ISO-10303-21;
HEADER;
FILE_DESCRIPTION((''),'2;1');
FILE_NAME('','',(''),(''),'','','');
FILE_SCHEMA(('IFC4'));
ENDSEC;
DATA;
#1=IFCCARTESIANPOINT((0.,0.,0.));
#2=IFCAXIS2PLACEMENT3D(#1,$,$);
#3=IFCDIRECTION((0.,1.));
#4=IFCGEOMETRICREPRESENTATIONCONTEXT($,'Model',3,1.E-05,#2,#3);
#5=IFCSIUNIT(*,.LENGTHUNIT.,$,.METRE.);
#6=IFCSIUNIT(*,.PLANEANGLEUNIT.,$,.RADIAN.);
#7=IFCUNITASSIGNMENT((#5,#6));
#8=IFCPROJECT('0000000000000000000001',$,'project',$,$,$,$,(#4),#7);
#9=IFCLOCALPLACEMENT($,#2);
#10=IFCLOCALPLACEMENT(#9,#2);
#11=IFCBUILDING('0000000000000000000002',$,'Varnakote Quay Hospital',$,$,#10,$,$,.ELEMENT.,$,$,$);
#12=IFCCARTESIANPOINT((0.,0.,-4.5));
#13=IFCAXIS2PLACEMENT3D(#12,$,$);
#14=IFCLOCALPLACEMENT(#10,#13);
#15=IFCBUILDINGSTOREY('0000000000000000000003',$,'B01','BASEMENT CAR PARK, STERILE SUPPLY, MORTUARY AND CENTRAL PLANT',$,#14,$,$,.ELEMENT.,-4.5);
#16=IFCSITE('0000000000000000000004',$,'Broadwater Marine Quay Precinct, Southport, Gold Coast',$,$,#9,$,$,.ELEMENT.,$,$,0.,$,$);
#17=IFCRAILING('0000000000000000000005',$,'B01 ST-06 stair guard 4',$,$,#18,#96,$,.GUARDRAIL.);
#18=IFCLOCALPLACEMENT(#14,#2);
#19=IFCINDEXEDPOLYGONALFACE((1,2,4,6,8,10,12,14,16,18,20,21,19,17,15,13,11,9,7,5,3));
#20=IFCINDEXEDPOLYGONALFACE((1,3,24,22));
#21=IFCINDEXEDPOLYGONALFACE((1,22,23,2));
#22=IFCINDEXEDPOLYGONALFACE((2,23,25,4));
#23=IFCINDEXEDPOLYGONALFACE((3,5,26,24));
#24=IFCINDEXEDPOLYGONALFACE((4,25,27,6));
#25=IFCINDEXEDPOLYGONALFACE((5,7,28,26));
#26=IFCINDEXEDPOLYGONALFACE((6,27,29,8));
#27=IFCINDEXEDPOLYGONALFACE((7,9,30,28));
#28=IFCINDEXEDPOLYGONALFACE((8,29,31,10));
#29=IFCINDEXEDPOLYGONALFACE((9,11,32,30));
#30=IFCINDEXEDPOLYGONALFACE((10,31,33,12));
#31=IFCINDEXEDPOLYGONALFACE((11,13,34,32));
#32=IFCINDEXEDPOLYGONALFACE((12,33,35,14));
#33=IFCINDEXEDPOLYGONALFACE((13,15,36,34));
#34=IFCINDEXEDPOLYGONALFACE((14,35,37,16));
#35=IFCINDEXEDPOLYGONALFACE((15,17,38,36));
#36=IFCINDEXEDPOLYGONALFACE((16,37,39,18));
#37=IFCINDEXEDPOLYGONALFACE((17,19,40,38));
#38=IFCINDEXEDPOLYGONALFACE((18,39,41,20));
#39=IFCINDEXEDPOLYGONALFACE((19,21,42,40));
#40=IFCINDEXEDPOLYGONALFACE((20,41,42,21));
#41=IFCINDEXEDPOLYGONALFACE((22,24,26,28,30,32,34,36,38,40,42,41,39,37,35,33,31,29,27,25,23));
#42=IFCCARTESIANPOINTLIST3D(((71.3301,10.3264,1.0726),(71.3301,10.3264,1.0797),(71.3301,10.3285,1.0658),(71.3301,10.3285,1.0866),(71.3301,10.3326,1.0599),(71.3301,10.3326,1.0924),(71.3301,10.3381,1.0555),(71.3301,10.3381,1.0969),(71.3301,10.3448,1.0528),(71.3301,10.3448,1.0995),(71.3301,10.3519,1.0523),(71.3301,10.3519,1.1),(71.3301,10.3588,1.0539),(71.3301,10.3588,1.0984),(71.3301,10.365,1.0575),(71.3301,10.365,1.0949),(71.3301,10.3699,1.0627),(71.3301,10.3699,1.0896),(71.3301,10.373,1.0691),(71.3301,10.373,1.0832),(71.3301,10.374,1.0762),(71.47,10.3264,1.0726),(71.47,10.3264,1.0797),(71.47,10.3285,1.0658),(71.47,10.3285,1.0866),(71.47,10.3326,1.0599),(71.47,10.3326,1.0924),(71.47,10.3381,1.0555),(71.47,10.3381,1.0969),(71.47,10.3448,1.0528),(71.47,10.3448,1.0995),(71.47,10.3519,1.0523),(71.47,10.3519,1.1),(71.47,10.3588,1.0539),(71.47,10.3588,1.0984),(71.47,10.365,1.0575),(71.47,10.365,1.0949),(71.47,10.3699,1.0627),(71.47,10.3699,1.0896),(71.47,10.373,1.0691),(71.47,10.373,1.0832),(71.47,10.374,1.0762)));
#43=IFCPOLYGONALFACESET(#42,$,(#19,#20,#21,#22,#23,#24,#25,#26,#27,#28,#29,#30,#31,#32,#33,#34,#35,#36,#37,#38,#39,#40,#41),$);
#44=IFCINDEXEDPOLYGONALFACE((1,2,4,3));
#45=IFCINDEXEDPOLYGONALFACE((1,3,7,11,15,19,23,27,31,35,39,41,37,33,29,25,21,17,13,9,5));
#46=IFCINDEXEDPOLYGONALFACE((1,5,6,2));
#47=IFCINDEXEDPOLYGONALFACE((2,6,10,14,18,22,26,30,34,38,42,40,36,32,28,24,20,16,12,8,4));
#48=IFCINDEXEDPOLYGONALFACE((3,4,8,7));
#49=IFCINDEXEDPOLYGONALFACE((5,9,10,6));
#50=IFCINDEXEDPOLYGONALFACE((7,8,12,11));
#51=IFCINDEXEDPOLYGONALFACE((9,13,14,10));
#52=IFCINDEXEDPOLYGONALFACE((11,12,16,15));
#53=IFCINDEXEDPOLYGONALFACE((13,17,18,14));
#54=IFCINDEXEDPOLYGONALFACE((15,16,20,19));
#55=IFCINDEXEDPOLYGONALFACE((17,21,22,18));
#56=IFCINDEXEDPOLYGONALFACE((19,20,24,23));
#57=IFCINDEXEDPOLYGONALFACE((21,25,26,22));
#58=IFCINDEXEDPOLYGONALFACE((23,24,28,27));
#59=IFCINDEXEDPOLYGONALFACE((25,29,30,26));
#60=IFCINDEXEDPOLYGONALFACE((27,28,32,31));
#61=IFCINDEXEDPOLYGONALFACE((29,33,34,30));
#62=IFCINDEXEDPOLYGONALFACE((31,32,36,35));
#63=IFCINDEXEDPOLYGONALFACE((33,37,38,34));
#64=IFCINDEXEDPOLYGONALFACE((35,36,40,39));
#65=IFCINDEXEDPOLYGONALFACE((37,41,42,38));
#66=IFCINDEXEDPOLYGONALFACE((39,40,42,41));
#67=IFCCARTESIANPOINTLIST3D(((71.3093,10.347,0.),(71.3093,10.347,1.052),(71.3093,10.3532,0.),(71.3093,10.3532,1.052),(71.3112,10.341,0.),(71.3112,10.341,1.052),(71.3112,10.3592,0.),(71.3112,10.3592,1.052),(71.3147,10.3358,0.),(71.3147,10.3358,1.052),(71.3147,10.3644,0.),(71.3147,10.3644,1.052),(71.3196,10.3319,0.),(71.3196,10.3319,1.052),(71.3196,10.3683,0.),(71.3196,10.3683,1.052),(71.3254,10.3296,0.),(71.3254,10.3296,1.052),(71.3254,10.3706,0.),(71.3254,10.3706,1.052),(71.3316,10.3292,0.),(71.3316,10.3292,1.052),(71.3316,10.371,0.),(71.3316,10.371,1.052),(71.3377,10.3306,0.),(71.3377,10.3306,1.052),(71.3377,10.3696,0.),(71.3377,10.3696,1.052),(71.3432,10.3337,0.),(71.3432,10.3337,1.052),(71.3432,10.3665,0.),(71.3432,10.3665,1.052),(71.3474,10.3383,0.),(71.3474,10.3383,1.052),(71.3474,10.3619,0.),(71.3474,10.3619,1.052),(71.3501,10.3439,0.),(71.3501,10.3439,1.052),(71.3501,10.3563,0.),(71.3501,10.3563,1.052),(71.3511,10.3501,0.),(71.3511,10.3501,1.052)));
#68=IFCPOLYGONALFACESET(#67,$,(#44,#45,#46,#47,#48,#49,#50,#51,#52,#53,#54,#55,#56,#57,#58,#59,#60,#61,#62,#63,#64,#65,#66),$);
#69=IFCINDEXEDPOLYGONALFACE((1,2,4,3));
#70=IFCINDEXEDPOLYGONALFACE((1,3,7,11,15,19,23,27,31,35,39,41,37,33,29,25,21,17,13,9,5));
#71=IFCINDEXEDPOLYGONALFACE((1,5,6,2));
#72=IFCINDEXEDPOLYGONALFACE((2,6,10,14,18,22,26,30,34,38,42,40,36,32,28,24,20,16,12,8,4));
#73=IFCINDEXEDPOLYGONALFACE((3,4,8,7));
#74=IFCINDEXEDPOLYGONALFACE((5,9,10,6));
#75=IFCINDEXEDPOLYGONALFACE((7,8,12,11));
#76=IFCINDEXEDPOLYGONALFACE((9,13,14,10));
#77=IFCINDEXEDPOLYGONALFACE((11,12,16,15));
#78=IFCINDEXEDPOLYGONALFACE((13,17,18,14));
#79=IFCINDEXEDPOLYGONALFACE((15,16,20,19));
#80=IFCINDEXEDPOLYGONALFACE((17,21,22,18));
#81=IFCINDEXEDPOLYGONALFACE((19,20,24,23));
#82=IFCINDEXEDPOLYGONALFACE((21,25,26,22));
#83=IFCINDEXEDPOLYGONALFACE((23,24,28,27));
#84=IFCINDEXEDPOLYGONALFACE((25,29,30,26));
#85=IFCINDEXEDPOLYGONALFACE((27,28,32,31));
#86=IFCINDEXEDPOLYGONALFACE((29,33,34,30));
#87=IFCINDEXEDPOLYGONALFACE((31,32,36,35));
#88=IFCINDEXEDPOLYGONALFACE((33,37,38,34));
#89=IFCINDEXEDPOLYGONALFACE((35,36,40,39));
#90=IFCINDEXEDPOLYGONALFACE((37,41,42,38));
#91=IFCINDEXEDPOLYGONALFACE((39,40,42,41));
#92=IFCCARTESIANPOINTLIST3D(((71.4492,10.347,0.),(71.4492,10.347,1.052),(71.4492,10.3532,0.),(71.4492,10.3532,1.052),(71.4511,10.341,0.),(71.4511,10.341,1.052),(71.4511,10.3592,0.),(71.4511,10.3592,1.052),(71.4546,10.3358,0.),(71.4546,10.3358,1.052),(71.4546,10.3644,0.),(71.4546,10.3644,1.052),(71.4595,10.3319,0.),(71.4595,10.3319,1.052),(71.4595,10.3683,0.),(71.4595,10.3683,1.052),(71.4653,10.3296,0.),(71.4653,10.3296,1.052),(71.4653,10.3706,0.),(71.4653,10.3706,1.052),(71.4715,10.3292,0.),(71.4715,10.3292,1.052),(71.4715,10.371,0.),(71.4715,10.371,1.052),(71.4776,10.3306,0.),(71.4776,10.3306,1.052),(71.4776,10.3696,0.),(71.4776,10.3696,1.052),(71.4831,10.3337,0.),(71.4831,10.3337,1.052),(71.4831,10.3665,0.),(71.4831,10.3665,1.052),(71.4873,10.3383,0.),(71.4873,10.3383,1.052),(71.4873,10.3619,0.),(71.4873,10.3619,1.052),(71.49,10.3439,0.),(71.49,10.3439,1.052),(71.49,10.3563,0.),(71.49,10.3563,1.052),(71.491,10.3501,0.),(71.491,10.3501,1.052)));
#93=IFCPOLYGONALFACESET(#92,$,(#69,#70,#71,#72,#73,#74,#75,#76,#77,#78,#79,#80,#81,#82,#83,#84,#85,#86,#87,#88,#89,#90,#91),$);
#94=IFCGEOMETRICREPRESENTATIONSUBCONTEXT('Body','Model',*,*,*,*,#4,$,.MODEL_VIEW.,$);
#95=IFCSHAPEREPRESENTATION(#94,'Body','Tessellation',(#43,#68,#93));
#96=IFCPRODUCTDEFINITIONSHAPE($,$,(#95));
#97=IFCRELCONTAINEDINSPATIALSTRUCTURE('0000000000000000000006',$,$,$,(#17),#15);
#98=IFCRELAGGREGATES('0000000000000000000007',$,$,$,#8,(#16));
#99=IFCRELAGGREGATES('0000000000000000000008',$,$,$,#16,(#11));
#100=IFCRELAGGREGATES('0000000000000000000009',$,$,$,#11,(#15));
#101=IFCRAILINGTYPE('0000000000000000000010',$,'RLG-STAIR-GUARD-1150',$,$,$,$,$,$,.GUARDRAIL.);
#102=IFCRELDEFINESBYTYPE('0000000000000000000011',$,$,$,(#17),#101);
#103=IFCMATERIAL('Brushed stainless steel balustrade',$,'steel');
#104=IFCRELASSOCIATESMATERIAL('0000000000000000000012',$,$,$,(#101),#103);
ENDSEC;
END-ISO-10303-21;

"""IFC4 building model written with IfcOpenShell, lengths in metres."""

from ifc_helpers import new_model, si_unit, direction, frame, origin, origin_2d, place, context, subcontext, project, spatial, circle, extrude, material, type_object, element, save


model = new_model("IFC4")

# Units and contexts
model_context = context("Model", 3, precision=1e-05, world=origin(), true_north=direction((0.0, 1.0)))
body_context = subcontext(model_context, "Body", "Model", "MODEL_VIEW")
ifc_project = project(units=[si_unit("LENGTHUNIT", "METRE"), si_unit("PLANEANGLEUNIT", "RADIAN")], contexts=[model_context])

# Site, building, storey
site_placement = place(None, origin())
site = spatial("IfcSite", under=ifc_project, at=site_placement, Name="Broadwater Marine Quay Precinct, Southport, Gold Coast", CompositionType="ELEMENT", RefElevation=0.0)
building_placement = place(site_placement, origin())
building = spatial("IfcBuilding", under=site, at=building_placement, Name="Varnakote Quay Hospital", CompositionType="ELEMENT")
storey_placement = place(building_placement, frame((0.0, 0.0, -4.5)))
storey = spatial("IfcBuildingStorey", under=building, at=storey_placement, Name="B01", Description="BASEMENT CAR PARK, STERILE SUPPLY, MORTUARY AND CENTRAL PLANT", CompositionType="ELEMENT", Elevation=-4.5)

# Railing
ifc_material_1 = material(Name="Brushed stainless steel balustrade", Category="steel")
railing_type_1 = type_object("IfcRailingType", Name="RLG-STAIR-GUARD-1150", PredefinedType="GUARDRAIL", material=ifc_material_1)
railing_1_placement = place(storey_placement, frame((71.3301, 10.3501, 0.0)))
element("IfcRailing", 1, at=railing_1_placement, inside=storey, type_object=railing_type_1, Name="B01 ST-06 stair guard 4", PredefinedType="GUARDRAIL", context=body_context, shape_type="SweptSolid", body=[
    extrude(circle(Radius=0.0239, at=origin_2d()), frame((0.0, 0.0, 1.0762), z_axis=(1.0, 0.0, 0.0), x_axis=(0.0, 1.0, 0.0)), (0.0, 0.0, 1.0), 0.1399),
    extrude(circle(Radius=0.021, at=origin_2d()), origin(), (0.0, 0.0, 1.0), 1.052),
    extrude(circle(Radius=0.021, at=origin_2d()), frame((0.1399, 0.0, 0.0)), (0.0, 0.0, 1.0), 1.052),
])

save(model, "model.ifc")
